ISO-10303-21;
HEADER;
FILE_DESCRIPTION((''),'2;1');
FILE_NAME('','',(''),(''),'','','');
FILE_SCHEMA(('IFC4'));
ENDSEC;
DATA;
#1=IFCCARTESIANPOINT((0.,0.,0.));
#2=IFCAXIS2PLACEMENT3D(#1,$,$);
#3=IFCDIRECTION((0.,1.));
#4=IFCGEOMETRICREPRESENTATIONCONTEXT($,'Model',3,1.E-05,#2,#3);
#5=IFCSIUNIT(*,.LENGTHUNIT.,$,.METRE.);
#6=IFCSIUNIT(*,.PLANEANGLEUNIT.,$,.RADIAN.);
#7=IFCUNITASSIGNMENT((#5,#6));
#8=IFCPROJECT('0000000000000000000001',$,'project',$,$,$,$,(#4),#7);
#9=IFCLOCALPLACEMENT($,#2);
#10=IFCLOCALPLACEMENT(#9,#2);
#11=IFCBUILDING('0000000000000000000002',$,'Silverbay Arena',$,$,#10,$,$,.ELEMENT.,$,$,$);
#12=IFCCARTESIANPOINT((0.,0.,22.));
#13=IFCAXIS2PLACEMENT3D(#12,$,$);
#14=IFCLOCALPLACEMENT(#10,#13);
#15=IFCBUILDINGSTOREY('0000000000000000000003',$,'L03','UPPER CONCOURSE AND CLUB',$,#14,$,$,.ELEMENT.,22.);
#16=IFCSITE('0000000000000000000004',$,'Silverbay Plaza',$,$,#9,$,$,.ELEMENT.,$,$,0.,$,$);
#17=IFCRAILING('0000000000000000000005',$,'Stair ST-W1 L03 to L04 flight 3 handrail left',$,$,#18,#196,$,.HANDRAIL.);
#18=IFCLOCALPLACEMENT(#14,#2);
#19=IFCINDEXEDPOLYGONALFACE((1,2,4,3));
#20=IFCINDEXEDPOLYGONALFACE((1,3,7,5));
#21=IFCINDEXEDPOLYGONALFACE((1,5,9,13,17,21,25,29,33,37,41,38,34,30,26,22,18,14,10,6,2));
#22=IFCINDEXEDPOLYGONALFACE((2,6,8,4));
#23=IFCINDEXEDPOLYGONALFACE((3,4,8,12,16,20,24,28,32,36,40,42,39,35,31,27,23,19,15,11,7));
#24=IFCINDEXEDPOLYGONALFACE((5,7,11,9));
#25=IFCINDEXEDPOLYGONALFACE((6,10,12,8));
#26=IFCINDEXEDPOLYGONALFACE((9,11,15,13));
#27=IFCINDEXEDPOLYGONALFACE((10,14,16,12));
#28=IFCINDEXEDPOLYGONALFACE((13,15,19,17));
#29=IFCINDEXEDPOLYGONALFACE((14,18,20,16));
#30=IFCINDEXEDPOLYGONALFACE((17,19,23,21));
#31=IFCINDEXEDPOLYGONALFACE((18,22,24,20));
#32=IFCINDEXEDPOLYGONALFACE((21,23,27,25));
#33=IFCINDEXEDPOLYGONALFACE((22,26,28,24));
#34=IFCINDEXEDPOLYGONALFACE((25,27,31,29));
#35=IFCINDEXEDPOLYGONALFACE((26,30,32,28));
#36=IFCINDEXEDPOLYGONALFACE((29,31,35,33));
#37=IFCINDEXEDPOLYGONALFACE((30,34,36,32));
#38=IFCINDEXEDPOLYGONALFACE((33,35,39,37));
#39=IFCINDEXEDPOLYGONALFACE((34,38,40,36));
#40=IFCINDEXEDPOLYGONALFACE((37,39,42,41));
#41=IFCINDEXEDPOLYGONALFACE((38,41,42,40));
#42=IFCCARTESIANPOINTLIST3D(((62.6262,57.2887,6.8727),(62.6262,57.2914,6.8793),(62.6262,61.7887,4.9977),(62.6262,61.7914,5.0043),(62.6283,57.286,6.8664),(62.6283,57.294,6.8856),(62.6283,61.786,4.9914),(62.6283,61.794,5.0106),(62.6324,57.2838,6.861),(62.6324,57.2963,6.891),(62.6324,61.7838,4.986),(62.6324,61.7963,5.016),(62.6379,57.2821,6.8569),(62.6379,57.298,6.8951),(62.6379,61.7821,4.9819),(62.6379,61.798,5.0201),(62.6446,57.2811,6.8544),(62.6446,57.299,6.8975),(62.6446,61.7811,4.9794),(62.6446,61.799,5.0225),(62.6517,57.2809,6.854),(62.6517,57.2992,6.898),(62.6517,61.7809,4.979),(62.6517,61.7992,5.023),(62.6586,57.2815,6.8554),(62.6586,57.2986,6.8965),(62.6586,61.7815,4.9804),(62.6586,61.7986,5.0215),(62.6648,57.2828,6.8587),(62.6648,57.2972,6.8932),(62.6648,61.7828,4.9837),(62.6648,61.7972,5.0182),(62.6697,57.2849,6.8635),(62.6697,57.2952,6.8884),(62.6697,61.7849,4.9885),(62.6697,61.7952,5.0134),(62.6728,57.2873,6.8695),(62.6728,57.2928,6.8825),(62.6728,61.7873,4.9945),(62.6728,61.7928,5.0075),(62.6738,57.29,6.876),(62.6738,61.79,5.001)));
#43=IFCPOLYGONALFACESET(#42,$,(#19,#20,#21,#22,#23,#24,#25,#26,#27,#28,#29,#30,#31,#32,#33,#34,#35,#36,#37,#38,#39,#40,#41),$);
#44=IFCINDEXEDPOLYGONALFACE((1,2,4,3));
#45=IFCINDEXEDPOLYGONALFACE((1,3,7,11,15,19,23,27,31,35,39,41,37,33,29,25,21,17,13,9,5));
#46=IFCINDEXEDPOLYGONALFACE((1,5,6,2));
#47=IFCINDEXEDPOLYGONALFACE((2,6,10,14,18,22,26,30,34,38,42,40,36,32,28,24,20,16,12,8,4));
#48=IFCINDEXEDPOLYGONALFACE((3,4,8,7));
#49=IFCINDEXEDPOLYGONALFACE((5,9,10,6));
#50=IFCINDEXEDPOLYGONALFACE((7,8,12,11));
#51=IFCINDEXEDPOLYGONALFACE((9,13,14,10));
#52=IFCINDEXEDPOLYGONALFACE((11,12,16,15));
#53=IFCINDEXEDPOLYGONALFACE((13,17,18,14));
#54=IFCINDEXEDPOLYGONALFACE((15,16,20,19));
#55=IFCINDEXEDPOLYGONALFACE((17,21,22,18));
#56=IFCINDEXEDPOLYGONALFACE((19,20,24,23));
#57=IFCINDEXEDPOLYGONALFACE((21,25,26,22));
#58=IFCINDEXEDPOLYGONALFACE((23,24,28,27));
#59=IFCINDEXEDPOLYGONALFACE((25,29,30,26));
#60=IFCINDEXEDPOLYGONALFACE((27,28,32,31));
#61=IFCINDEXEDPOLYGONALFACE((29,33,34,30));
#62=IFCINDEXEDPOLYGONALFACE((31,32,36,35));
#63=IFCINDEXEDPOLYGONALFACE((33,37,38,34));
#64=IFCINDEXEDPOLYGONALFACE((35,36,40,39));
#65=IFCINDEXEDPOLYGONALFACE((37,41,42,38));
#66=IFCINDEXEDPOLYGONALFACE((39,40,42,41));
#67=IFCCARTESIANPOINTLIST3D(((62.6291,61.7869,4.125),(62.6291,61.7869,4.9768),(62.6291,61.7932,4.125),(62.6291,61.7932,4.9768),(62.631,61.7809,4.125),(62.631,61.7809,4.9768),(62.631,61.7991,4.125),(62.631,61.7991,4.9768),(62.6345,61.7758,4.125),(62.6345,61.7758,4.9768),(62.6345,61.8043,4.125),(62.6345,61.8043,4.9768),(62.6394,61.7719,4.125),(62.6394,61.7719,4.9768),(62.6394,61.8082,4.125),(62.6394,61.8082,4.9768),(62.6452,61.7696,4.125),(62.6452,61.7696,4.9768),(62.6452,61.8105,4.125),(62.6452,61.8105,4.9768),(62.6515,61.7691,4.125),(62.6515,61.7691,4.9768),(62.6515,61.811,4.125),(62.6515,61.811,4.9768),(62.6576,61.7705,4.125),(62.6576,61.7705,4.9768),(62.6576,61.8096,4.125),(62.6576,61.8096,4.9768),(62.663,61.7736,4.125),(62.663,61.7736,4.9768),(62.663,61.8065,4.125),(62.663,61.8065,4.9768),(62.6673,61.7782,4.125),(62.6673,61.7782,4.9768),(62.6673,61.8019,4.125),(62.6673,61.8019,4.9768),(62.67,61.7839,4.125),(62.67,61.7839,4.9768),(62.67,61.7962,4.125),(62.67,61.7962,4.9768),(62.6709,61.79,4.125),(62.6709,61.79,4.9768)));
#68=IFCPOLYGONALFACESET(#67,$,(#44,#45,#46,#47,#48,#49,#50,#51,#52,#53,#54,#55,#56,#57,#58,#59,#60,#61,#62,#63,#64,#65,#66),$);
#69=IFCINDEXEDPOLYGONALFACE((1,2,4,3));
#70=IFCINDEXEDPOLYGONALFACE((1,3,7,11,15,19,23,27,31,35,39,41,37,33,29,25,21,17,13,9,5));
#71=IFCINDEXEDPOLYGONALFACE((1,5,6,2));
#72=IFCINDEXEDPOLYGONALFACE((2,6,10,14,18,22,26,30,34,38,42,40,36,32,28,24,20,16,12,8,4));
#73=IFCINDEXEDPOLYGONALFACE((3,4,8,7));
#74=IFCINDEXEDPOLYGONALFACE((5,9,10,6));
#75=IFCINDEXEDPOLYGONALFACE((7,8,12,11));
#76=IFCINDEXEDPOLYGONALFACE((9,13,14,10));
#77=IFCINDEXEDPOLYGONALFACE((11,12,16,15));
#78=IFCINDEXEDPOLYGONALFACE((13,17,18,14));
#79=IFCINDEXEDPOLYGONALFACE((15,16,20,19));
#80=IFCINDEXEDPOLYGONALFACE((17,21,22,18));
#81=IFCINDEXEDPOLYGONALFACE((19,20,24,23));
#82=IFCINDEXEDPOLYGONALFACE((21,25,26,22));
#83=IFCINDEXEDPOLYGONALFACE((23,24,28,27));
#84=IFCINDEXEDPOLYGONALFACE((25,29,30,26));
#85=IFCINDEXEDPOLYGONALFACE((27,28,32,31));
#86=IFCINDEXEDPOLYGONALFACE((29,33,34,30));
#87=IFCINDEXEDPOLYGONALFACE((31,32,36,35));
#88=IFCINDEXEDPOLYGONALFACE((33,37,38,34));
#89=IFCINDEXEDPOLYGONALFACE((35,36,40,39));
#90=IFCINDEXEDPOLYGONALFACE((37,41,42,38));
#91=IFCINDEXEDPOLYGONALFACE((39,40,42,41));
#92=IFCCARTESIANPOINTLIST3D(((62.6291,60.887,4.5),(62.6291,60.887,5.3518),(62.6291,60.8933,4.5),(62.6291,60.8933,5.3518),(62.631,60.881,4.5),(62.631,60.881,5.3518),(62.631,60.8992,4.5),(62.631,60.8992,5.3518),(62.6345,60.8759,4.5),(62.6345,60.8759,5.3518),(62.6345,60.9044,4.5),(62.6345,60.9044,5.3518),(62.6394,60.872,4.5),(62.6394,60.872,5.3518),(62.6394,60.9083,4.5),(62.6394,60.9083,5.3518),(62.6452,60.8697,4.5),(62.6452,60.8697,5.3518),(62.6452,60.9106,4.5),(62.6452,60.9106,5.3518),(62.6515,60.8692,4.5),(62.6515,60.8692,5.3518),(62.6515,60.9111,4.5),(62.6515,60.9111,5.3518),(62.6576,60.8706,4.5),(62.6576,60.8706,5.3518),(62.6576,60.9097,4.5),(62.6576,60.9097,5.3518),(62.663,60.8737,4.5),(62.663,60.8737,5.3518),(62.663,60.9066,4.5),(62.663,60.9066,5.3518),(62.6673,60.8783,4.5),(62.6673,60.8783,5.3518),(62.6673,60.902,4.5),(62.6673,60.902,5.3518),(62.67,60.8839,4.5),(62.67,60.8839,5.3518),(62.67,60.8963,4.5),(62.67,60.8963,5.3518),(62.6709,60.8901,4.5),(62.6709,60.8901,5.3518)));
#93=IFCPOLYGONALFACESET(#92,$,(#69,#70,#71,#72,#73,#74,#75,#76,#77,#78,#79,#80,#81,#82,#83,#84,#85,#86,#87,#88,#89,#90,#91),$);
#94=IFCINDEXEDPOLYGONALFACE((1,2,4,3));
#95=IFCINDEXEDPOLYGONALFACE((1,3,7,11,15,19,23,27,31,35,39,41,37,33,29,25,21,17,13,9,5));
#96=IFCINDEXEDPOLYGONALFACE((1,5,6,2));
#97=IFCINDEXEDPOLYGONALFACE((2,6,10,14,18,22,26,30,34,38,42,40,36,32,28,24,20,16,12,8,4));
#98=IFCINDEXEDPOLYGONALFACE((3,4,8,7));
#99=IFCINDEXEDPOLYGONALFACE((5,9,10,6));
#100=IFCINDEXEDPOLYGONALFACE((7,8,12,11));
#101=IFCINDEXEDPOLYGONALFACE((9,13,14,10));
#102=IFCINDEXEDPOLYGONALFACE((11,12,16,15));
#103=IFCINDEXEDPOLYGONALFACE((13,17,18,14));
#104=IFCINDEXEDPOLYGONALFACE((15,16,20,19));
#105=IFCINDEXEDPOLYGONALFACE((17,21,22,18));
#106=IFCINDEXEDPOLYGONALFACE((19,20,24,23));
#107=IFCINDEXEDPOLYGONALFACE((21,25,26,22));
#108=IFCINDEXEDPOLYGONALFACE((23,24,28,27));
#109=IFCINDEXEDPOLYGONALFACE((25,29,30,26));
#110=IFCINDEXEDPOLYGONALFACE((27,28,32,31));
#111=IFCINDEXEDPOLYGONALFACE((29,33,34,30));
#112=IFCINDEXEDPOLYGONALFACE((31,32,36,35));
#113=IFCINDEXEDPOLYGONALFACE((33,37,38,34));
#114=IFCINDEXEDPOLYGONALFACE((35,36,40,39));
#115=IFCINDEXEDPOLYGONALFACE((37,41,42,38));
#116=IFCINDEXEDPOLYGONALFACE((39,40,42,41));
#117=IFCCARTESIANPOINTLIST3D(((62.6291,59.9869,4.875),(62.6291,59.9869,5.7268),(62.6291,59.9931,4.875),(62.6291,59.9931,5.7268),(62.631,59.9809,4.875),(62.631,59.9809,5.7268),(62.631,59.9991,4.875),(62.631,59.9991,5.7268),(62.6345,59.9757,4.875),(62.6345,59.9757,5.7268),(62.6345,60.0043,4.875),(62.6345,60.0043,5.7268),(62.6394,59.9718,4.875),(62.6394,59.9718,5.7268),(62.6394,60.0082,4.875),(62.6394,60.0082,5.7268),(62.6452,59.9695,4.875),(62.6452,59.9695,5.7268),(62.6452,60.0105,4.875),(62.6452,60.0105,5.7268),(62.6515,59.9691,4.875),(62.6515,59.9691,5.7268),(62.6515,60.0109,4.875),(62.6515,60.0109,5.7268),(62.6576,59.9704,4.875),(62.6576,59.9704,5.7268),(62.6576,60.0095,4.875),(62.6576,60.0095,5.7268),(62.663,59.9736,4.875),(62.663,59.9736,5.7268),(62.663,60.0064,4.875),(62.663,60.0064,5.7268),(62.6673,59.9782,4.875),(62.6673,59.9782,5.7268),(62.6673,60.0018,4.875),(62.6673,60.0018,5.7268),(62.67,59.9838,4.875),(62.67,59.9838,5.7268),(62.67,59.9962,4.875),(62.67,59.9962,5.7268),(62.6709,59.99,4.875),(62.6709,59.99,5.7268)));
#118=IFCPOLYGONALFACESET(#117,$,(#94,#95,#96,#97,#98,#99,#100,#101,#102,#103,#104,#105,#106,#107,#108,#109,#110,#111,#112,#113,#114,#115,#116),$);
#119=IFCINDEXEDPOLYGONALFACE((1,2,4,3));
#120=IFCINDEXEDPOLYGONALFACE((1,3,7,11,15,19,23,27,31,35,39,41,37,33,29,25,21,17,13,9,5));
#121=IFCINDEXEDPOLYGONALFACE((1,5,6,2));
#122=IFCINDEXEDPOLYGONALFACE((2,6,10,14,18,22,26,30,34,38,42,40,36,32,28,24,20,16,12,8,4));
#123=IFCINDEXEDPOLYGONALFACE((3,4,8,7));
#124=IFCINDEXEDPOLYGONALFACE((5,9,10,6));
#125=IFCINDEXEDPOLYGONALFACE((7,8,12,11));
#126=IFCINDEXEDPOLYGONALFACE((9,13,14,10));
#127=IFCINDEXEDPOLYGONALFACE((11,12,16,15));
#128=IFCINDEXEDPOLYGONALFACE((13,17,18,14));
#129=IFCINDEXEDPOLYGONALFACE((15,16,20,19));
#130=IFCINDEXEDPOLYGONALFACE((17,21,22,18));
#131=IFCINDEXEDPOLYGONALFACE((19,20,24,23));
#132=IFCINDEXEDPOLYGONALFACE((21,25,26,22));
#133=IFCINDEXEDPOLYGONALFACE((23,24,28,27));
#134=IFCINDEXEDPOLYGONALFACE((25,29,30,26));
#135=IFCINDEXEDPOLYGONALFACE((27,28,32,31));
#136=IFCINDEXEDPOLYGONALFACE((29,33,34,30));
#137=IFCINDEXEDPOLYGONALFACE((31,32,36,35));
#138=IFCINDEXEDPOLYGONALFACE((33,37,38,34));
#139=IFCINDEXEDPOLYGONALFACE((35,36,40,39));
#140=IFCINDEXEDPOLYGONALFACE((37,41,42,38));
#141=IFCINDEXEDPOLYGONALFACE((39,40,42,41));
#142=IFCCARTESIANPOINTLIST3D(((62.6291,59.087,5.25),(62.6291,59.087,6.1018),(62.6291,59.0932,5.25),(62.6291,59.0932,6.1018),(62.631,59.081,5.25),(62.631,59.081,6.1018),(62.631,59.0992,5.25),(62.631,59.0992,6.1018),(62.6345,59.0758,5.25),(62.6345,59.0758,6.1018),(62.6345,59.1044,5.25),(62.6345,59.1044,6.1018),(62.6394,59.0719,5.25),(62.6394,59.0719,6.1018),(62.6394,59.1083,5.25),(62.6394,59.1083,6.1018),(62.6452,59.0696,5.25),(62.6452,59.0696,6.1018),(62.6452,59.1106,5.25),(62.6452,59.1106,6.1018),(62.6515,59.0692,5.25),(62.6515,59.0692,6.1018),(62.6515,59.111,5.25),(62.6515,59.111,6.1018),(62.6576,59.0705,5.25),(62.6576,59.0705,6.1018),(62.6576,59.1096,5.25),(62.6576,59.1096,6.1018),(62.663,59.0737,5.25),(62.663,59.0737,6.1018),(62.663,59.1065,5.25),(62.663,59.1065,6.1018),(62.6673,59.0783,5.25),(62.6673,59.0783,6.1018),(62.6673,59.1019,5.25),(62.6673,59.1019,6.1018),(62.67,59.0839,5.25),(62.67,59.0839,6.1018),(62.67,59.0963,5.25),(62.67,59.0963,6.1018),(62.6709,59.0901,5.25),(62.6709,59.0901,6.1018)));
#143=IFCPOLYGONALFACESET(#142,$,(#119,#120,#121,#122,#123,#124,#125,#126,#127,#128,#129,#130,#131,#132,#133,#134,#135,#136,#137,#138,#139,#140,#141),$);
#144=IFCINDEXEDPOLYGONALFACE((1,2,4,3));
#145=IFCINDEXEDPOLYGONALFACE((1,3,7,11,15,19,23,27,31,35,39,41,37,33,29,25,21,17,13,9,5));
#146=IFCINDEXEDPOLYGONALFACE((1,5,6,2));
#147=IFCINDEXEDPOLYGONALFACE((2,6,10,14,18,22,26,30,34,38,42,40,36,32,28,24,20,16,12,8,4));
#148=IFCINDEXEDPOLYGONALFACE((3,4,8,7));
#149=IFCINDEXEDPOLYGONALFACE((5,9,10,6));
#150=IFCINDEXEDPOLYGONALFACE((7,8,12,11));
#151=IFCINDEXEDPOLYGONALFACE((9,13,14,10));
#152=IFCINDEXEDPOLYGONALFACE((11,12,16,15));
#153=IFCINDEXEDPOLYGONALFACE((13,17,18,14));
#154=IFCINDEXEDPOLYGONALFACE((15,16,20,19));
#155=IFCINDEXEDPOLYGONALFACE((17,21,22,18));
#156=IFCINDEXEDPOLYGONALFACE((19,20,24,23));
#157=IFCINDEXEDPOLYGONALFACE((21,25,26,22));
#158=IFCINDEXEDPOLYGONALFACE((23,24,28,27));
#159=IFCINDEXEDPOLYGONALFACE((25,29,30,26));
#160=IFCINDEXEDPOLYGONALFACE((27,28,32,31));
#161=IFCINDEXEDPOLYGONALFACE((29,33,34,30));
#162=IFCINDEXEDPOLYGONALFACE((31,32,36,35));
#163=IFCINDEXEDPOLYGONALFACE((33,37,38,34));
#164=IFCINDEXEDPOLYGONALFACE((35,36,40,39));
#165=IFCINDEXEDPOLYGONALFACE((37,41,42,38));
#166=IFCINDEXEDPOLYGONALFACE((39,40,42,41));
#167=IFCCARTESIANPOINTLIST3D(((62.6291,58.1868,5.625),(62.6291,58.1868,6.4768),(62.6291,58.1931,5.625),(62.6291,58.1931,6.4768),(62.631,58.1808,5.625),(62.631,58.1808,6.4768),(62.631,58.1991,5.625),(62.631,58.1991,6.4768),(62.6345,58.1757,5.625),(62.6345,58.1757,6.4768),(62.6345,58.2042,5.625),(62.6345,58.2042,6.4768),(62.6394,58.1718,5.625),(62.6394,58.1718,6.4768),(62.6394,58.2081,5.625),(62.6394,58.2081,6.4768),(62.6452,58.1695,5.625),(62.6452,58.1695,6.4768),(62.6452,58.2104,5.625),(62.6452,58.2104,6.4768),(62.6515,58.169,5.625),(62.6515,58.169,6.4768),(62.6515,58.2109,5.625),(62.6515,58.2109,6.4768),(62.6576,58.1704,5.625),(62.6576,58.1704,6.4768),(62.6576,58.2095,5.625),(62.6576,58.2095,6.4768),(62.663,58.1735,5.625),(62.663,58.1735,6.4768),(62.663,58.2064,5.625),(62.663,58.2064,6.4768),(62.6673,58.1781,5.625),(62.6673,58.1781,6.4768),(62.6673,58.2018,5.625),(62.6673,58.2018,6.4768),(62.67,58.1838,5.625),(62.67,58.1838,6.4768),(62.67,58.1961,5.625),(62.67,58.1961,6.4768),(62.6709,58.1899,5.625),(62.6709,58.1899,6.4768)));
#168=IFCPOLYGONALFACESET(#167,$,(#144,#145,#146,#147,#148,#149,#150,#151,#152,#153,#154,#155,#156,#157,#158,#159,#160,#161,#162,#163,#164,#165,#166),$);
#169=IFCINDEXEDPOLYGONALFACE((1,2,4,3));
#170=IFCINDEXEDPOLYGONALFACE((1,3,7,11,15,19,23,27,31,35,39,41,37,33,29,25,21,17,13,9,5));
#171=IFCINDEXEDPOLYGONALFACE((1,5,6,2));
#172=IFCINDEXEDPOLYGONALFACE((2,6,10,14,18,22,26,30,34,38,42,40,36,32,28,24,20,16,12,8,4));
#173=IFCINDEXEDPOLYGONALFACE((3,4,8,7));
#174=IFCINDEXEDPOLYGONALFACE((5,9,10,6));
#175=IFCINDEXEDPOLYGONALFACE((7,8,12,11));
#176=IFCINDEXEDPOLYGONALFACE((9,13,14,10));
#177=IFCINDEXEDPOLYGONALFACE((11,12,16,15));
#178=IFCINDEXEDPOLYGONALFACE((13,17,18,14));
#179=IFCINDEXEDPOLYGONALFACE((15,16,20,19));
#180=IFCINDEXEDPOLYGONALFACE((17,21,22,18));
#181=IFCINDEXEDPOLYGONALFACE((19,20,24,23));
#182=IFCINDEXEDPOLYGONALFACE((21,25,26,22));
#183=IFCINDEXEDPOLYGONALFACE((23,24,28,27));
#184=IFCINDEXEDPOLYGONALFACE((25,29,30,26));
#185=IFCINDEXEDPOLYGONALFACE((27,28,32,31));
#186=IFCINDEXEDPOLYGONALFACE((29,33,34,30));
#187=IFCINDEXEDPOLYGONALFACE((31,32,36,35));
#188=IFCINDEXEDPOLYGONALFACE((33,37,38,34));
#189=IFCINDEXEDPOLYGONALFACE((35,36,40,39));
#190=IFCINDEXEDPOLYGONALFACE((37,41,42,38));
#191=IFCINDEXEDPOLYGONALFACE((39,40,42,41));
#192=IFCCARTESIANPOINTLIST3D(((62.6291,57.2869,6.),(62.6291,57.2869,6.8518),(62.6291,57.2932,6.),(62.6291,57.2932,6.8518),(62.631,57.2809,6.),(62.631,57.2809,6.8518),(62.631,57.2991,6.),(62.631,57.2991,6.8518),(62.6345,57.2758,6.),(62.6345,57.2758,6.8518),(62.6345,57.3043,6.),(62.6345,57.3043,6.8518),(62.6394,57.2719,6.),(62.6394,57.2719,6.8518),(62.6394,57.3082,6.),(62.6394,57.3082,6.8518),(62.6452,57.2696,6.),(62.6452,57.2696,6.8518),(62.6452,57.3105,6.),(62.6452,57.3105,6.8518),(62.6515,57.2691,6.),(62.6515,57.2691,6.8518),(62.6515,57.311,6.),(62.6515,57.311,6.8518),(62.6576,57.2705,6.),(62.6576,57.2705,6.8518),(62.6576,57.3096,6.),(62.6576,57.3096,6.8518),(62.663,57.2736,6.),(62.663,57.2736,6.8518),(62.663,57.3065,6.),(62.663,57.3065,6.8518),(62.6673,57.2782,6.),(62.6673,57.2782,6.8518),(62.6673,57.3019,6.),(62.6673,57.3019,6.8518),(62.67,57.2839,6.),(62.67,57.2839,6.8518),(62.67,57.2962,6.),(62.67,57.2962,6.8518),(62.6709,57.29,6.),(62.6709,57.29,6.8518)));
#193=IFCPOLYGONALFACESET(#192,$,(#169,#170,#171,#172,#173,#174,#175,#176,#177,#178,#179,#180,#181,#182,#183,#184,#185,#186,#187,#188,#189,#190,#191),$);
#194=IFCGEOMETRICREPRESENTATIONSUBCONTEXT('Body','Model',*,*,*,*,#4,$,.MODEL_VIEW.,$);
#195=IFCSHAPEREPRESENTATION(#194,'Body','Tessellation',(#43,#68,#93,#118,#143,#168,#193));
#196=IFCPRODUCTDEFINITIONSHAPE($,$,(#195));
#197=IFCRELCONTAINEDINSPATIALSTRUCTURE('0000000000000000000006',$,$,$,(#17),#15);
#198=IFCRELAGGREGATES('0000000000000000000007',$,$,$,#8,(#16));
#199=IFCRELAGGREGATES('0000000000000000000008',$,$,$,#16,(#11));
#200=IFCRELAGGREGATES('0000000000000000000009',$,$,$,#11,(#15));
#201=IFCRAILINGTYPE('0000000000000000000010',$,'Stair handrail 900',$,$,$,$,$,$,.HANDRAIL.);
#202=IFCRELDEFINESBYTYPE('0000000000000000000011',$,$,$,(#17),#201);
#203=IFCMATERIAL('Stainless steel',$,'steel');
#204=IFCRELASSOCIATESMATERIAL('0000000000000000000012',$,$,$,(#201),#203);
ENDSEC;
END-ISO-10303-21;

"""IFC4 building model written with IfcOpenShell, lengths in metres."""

from ifc_helpers import new_model, si_unit, direction, frame, origin, origin_2d, place, context, subcontext, project, spatial, circle, extrude, material, type_object, element, save


model = new_model("IFC4")

# Units and contexts
model_context = context("Model", 3, precision=1e-05, world=origin(), true_north=direction((0.0, 1.0)))
body_context = subcontext(model_context, "Body", "Model", "MODEL_VIEW")
ifc_project = project(units=[si_unit("LENGTHUNIT", "METRE"), si_unit("PLANEANGLEUNIT", "RADIAN")], contexts=[model_context])

# Site, building, storey
site_placement = place(None, origin())
site = spatial("IfcSite", under=ifc_project, at=site_placement, Name="Silverbay Plaza", CompositionType="ELEMENT", RefElevation=0.0)
building_placement = place(site_placement, origin())
building = spatial("IfcBuilding", under=site, at=building_placement, Name="Silverbay Arena", CompositionType="ELEMENT")
storey_placement = place(building_placement, frame((0.0, 0.0, 22.0)))
storey = spatial("IfcBuildingStorey", under=building, at=storey_placement, Name="L03", Description="UPPER CONCOURSE AND CLUB", CompositionType="ELEMENT", Elevation=22.0)

# Railing
ifc_material_1 = material(Name="Stainless steel", Category="steel")
railing_type_1 = type_object("IfcRailingType", Name="Stair handrail 900", PredefinedType="HANDRAIL", material=ifc_material_1)
for number, where, name in (
    (1, (62.6499, 61.79, 4.125), "Stair ST-W1 L03 to L04 flight 3 handrail left"),
):
    element("IfcRailing", number, at=place(storey_placement, frame(where)), inside=storey, type_object=railing_type_1, Name=name, PredefinedType="HANDRAIL", context=body_context, shape_type="SweptSolid", body=[
        extrude(circle(Radius=0.0239, at=origin_2d()), frame((0.0, 0.0, 0.876), z_axis=(0.0, -0.923077, 0.384615), x_axis=(1.0, 0.0, 0.0)), (0.0, 0.0, 1.0), 4.875),
        extrude(circle(Radius=0.021, at=origin_2d()), origin(), (0.0, 0.0, 1.0), 0.8518),
        extrude(circle(Radius=0.021, at=origin_2d()), frame((0.0, -0.8999, 0.375)), (0.0, 0.0, 1.0), 0.8518),
        extrude(circle(Radius=0.021, at=origin_2d()), frame((0.0, -1.8, 0.75)), (0.0, 0.0, 1.0), 0.8518),
        extrude(circle(Radius=0.021, at=origin_2d()), frame((0.0, -2.7, 1.125)), (0.0, 0.0, 1.0), 0.8518),
        extrude(circle(Radius=0.021, at=origin_2d()), frame((0.0, -3.6001, 1.5)), (0.0, 0.0, 1.0), 0.8518),
        extrude(circle(Radius=0.021, at=origin_2d()), frame((0.0, -4.5, 1.875)), (0.0, 0.0, 1.0), 0.8518),
    ])

save(model, "model.ifc")
